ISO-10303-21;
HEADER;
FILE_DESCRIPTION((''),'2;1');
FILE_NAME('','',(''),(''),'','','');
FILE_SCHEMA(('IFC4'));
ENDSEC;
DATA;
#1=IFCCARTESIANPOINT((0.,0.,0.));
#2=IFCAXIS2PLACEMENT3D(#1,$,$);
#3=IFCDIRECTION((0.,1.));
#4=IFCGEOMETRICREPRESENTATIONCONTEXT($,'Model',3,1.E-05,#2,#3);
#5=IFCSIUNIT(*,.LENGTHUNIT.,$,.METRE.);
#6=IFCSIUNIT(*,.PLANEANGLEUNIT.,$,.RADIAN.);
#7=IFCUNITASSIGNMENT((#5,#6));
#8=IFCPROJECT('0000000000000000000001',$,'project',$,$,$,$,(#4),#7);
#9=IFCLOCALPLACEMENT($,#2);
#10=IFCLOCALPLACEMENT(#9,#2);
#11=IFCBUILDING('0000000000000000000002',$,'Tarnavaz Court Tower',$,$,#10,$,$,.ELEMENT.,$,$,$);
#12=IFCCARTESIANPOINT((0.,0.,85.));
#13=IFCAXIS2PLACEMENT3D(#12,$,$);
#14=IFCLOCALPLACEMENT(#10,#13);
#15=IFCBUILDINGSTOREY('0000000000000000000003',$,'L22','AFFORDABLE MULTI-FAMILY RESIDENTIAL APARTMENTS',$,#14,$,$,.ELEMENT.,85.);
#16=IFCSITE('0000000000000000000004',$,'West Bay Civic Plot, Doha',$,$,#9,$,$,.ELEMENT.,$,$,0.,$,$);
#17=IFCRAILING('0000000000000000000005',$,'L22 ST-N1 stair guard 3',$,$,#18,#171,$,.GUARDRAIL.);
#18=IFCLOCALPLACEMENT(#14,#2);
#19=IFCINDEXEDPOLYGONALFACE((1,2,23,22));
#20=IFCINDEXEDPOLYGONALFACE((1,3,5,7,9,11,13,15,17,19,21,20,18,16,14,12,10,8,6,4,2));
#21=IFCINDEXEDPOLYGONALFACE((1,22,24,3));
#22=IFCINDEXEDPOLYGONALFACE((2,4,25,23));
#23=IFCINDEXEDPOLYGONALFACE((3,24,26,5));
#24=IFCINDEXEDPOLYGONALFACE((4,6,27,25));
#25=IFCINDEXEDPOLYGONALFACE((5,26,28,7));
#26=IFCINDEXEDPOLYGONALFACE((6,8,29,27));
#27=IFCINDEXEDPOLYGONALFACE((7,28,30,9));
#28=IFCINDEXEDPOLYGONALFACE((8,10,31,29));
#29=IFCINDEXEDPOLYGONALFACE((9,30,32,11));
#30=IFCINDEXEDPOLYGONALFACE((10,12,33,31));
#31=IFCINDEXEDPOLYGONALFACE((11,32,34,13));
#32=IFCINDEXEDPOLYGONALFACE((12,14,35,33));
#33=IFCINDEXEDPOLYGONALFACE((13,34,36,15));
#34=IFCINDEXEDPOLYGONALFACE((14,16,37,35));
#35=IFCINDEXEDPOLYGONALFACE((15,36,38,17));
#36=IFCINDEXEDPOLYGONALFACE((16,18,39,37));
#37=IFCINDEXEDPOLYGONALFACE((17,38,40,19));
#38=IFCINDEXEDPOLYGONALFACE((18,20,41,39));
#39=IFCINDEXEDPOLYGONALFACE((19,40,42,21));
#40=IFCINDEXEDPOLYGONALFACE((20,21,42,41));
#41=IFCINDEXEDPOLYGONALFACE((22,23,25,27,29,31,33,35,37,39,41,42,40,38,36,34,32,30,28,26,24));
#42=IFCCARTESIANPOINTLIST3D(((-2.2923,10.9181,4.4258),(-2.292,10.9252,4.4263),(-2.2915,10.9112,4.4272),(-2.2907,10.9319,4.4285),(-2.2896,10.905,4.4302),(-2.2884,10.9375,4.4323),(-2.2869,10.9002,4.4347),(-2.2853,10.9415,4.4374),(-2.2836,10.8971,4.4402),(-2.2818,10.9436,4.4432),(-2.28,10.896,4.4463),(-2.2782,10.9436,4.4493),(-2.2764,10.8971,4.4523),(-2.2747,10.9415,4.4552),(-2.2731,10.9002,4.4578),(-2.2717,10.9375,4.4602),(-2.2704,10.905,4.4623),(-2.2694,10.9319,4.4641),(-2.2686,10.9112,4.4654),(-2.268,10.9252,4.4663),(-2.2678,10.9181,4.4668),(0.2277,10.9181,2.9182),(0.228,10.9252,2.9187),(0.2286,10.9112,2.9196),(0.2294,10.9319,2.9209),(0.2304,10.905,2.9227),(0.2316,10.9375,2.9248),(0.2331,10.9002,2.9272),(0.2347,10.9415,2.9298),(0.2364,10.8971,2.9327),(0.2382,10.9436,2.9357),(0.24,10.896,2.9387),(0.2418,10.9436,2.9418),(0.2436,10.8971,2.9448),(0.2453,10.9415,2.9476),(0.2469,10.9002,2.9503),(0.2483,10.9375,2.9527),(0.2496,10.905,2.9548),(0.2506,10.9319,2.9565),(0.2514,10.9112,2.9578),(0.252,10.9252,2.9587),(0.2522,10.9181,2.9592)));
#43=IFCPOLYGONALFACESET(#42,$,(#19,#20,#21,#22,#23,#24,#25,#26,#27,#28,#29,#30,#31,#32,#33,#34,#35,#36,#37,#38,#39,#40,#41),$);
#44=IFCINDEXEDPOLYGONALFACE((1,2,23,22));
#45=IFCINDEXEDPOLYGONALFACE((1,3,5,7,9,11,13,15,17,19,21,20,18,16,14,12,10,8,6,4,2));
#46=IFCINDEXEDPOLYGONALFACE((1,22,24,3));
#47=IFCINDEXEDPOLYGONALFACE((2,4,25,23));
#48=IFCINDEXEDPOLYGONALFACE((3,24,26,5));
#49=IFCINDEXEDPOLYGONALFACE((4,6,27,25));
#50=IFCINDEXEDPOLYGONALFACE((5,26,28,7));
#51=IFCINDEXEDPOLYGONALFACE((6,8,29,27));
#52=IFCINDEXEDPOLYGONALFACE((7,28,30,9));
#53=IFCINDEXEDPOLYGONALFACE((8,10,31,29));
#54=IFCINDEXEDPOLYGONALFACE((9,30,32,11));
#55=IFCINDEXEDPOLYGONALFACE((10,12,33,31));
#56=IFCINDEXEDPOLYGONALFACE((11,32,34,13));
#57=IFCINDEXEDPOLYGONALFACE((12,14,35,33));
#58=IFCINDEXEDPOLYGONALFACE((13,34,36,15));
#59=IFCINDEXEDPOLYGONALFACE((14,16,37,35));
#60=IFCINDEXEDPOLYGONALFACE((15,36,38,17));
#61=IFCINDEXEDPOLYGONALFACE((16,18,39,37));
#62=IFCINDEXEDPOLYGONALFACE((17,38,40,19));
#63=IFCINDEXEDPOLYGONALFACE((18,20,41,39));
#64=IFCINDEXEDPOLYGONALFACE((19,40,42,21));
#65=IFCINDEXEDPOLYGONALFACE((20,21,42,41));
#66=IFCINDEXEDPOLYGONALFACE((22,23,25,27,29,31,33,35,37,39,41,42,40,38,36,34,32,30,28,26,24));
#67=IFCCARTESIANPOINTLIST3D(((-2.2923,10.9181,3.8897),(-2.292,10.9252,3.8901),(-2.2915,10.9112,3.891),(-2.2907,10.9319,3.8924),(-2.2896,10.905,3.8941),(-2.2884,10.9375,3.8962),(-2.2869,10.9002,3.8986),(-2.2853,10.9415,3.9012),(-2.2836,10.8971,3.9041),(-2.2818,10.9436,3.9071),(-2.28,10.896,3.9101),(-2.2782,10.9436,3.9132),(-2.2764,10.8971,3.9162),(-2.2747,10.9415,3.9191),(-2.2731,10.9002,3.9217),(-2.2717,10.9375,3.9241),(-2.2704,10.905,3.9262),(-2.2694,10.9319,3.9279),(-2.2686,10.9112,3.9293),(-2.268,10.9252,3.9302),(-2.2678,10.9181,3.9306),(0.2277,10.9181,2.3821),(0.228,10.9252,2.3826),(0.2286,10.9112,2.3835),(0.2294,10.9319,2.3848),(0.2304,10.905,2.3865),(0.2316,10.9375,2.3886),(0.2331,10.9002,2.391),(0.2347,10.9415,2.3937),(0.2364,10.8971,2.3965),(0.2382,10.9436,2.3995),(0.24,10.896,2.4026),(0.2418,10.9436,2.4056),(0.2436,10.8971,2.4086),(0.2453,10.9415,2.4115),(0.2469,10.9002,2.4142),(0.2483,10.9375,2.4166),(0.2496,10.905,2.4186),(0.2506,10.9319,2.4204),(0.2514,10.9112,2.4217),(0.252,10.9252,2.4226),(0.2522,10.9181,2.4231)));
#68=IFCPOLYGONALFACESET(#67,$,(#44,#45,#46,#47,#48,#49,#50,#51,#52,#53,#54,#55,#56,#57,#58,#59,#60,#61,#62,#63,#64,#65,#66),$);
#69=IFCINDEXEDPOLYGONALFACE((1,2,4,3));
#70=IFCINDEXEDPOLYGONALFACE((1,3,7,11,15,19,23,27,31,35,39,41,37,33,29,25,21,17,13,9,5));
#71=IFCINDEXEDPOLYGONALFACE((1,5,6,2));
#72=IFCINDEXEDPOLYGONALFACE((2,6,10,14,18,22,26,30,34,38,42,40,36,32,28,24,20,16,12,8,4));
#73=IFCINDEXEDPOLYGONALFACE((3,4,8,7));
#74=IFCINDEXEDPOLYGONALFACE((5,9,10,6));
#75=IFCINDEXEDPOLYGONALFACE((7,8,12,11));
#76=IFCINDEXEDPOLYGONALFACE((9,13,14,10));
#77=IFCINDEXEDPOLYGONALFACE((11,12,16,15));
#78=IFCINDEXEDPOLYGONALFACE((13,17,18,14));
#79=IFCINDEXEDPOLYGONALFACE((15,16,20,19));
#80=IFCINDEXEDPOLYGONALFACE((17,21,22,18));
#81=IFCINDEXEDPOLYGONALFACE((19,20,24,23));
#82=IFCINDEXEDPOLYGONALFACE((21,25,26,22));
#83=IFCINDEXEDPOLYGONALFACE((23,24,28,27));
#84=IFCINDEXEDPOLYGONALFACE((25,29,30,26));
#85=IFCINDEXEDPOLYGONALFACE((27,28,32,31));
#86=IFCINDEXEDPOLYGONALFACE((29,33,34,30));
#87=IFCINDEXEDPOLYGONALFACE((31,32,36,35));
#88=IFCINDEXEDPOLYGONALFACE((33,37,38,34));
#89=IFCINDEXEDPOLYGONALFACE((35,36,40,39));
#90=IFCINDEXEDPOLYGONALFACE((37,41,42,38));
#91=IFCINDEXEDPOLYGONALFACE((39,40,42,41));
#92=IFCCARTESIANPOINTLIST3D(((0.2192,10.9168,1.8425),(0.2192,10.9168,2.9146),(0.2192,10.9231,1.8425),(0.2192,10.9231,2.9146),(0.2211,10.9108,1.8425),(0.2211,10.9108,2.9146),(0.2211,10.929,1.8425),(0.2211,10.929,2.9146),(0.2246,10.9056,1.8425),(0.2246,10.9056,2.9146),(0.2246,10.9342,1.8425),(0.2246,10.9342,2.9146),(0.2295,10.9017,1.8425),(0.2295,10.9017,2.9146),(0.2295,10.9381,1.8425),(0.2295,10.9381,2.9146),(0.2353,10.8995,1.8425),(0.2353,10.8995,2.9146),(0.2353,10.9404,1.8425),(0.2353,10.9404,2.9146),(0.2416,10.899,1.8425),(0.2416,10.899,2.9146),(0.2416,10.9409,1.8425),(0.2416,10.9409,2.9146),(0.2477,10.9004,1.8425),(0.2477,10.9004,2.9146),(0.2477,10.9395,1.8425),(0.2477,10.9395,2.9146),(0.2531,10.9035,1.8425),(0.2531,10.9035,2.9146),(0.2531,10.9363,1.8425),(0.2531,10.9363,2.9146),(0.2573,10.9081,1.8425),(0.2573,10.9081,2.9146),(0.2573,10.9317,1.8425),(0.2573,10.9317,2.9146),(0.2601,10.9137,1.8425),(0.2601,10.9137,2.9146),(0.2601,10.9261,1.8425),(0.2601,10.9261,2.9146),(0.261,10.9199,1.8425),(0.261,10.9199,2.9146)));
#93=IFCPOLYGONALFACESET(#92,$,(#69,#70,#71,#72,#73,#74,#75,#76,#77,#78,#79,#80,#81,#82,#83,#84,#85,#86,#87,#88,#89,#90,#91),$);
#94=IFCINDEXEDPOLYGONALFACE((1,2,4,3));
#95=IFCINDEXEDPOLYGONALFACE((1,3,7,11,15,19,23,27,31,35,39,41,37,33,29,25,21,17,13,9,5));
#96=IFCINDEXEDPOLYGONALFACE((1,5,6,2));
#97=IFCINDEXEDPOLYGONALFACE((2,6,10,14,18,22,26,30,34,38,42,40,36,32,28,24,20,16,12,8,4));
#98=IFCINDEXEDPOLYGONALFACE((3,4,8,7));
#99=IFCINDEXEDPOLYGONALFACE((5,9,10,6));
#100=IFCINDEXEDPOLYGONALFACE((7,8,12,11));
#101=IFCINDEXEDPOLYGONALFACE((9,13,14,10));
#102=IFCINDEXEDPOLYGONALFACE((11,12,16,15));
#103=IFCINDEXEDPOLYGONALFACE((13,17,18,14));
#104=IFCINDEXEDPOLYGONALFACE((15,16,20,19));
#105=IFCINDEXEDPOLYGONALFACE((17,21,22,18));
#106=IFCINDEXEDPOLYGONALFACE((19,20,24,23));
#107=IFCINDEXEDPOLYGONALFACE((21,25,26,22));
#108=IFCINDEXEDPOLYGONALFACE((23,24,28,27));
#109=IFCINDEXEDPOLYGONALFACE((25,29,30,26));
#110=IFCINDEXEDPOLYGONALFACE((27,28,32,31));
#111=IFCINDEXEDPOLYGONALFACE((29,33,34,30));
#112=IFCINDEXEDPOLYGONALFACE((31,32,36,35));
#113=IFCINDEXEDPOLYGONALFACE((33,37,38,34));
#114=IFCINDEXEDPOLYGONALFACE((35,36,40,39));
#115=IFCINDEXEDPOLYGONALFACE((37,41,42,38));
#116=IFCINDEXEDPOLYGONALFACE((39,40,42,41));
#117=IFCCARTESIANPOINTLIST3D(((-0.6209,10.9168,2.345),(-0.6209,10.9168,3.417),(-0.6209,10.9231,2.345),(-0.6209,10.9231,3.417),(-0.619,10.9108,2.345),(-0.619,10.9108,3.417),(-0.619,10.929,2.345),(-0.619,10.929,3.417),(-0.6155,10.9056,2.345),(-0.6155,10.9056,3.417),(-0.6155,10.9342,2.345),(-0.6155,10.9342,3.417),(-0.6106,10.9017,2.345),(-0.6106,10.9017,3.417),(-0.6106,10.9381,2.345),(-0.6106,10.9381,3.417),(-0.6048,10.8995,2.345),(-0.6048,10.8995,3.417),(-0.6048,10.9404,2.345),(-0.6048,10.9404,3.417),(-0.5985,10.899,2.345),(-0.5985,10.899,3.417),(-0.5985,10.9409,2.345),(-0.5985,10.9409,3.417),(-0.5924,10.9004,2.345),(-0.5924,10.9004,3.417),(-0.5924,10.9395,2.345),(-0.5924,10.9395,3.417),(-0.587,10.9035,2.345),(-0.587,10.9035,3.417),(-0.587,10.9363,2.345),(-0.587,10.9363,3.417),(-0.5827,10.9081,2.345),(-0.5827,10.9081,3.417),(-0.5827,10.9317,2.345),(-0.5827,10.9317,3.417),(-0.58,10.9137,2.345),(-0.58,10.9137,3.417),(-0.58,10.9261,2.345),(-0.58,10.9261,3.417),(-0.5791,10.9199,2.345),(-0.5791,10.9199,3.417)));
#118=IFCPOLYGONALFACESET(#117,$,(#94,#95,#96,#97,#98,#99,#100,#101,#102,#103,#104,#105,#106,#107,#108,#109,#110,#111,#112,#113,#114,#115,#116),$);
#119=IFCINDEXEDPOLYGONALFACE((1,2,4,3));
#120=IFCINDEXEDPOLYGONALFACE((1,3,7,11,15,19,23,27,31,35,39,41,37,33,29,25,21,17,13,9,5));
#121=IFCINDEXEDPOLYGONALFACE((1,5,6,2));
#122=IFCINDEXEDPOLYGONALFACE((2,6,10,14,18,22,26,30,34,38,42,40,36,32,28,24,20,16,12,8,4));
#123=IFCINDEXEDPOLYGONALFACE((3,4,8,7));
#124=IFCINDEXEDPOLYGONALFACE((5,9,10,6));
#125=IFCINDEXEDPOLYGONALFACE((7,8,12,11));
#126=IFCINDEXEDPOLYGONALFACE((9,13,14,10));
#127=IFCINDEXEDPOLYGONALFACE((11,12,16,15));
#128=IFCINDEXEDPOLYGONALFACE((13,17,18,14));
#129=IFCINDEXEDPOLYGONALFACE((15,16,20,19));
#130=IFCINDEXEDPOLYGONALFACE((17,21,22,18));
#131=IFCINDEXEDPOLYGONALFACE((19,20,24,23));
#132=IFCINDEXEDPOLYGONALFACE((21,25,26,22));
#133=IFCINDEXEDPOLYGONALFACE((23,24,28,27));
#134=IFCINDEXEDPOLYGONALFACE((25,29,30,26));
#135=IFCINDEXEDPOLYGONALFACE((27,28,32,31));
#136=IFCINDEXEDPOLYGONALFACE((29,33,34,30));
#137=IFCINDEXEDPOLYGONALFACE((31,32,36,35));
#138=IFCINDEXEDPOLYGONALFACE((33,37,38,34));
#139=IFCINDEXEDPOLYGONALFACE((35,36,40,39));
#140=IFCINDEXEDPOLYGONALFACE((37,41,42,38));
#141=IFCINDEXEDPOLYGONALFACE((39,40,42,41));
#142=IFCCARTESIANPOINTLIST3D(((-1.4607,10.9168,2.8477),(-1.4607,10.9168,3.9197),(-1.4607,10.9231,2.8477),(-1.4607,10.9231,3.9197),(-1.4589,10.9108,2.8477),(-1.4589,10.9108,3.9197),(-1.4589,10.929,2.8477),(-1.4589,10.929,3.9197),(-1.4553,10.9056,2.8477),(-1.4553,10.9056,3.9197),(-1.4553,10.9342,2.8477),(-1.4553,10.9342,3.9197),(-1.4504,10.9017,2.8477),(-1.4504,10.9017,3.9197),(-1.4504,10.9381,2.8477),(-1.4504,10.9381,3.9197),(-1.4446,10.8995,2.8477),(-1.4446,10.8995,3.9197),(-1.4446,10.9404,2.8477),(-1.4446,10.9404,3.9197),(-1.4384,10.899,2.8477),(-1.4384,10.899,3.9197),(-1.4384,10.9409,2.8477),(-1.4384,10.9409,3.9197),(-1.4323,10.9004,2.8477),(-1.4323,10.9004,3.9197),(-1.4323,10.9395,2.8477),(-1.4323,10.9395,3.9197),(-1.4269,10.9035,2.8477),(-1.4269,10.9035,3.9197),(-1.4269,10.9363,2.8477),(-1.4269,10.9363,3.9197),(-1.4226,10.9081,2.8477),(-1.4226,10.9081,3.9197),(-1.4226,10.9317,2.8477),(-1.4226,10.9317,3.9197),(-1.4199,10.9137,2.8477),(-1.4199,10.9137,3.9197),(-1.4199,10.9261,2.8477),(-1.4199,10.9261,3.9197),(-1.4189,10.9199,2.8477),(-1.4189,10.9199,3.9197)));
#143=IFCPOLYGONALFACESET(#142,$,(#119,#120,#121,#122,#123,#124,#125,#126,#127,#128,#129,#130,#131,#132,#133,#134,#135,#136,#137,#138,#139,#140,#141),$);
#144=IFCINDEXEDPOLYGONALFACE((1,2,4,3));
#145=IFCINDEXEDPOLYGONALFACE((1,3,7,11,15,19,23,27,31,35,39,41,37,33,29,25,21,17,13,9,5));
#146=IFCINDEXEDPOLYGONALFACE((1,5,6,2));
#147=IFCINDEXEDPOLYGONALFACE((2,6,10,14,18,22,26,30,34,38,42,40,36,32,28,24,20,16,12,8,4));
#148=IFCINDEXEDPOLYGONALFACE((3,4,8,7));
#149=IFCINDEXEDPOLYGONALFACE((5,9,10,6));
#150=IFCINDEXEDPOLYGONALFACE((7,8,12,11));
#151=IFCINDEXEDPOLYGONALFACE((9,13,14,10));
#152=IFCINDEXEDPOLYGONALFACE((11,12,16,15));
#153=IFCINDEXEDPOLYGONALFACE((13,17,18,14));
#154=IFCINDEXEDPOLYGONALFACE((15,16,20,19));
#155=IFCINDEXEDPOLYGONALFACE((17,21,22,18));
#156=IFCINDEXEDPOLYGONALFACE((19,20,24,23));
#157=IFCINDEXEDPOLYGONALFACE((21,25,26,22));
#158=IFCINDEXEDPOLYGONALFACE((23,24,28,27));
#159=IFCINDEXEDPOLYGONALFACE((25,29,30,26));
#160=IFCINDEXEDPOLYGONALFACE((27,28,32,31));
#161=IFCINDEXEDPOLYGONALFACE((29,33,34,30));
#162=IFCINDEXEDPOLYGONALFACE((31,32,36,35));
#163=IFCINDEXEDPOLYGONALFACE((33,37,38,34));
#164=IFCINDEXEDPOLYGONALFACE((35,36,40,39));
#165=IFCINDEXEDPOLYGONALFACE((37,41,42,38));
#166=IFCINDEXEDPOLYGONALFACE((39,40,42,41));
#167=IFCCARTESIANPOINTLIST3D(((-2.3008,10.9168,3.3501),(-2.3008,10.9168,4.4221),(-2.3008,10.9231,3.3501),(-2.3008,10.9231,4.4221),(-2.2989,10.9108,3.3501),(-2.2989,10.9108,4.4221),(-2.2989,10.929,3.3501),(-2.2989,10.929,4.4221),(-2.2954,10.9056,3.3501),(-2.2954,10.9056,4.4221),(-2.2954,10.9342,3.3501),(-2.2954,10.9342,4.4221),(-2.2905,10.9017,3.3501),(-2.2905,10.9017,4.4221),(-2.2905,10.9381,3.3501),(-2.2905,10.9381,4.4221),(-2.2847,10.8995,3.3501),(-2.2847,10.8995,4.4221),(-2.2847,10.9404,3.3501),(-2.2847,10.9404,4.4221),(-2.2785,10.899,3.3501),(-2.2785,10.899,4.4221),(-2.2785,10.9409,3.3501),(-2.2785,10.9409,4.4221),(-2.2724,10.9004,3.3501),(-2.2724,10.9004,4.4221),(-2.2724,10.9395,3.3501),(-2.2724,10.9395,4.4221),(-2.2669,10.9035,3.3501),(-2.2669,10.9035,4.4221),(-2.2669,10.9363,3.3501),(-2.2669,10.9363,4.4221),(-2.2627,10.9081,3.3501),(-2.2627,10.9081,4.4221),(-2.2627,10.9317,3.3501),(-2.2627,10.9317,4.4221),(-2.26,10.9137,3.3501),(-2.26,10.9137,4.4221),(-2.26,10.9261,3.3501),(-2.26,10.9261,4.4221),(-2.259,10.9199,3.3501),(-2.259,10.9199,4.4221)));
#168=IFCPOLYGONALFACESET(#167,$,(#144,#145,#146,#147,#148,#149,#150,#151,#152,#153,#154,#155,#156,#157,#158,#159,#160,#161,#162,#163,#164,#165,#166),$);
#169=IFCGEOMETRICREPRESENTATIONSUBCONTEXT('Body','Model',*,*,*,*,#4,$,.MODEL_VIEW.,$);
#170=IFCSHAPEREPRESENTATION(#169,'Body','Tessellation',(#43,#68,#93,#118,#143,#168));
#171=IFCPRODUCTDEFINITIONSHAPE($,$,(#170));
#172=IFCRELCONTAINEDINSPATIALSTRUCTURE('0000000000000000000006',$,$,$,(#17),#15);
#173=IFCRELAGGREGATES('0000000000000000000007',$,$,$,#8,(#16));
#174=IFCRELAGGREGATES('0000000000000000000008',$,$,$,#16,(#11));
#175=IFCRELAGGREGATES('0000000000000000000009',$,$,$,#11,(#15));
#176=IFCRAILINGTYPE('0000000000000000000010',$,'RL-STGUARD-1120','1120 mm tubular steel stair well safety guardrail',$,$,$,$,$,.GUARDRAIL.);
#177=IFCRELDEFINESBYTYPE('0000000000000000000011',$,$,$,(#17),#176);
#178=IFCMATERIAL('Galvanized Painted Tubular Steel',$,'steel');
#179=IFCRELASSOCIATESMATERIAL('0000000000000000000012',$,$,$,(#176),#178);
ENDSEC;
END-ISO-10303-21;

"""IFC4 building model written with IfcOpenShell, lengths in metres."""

from ifc_helpers import new_model, si_unit, direction, frame, origin, origin_2d, place, context, subcontext, project, spatial, circle, extrude, material, type_object, element, save


model = new_model("IFC4")

# Units and contexts
model_context = context("Model", 3, precision=1e-05, world=origin(), true_north=direction((0.0, 1.0)))
body_context = subcontext(model_context, "Body", "Model", "MODEL_VIEW")
ifc_project = project(units=[si_unit("LENGTHUNIT", "METRE"), si_unit("PLANEANGLEUNIT", "RADIAN")], contexts=[model_context])

# Site, building, storey
site_placement = place(None, origin())
site = spatial("IfcSite", under=ifc_project, at=site_placement, Name="West Bay Civic Plot, Doha", CompositionType="ELEMENT", RefElevation=0.0)
building_placement = place(site_placement, origin())
building = spatial("IfcBuilding", under=site, at=building_placement, Name="Tarnavaz Court Tower", CompositionType="ELEMENT")
storey_placement = place(building_placement, frame((0.0, 0.0, 85.0)))
storey = spatial("IfcBuildingStorey", under=building, at=storey_placement, Name="L22", Description="AFFORDABLE MULTI-FAMILY RESIDENTIAL APARTMENTS", CompositionType="ELEMENT", Elevation=85.0)

# Railing
ifc_material_1 = material(Name="Galvanized Painted Tubular Steel", Category="steel")
railing_type_1 = type_object("IfcRailingType", Name="RL-STGUARD-1120", Description="1120 mm tubular steel stair well safety guardrail", PredefinedType="GUARDRAIL", material=ifc_material_1)
railing_1_placement = place(storey_placement, frame((0.24, 10.9199, 1.8425)))
element("IfcRailing", 1, at=railing_1_placement, inside=storey, type_object=railing_type_1, Name="L22 ST-N1 stair guard 3", PredefinedType="GUARDRAIL", context=body_context, shape_type="SweptSolid", body=[
    extrude(circle(Radius=0.0239, at=origin_2d()), frame((0.0, 0.0, 1.0962), z_axis=(-0.85816, 0.0, 0.513383), x_axis=(0.0, -1.0, 0.0)), (0.0, 0.0, 1.0), 2.9365),
    extrude(circle(Radius=0.0239, at=origin_2d()), frame((0.0, 0.0, 0.5601), z_axis=(-0.85816, 0.0, 0.513383), x_axis=(0.0, -1.0, 0.0)), (0.0, 0.0, 1.0), 2.9365),
    extrude(circle(Radius=0.021, at=origin_2d()), origin(), (0.0, 0.0, 1.0), 1.072),
    extrude(circle(Radius=0.021, at=origin_2d()), frame((-0.8401, 0.0, 0.5024)), (0.0, 0.0, 1.0), 1.072),
    extrude(circle(Radius=0.021, at=origin_2d()), frame((-1.6799, 0.0, 1.0051)), (0.0, 0.0, 1.0), 1.072),
    extrude(circle(Radius=0.021, at=origin_2d()), frame((-2.52, 0.0, 1.5076)), (0.0, 0.0, 1.0), 1.072),
])

save(model, "model.ifc")
